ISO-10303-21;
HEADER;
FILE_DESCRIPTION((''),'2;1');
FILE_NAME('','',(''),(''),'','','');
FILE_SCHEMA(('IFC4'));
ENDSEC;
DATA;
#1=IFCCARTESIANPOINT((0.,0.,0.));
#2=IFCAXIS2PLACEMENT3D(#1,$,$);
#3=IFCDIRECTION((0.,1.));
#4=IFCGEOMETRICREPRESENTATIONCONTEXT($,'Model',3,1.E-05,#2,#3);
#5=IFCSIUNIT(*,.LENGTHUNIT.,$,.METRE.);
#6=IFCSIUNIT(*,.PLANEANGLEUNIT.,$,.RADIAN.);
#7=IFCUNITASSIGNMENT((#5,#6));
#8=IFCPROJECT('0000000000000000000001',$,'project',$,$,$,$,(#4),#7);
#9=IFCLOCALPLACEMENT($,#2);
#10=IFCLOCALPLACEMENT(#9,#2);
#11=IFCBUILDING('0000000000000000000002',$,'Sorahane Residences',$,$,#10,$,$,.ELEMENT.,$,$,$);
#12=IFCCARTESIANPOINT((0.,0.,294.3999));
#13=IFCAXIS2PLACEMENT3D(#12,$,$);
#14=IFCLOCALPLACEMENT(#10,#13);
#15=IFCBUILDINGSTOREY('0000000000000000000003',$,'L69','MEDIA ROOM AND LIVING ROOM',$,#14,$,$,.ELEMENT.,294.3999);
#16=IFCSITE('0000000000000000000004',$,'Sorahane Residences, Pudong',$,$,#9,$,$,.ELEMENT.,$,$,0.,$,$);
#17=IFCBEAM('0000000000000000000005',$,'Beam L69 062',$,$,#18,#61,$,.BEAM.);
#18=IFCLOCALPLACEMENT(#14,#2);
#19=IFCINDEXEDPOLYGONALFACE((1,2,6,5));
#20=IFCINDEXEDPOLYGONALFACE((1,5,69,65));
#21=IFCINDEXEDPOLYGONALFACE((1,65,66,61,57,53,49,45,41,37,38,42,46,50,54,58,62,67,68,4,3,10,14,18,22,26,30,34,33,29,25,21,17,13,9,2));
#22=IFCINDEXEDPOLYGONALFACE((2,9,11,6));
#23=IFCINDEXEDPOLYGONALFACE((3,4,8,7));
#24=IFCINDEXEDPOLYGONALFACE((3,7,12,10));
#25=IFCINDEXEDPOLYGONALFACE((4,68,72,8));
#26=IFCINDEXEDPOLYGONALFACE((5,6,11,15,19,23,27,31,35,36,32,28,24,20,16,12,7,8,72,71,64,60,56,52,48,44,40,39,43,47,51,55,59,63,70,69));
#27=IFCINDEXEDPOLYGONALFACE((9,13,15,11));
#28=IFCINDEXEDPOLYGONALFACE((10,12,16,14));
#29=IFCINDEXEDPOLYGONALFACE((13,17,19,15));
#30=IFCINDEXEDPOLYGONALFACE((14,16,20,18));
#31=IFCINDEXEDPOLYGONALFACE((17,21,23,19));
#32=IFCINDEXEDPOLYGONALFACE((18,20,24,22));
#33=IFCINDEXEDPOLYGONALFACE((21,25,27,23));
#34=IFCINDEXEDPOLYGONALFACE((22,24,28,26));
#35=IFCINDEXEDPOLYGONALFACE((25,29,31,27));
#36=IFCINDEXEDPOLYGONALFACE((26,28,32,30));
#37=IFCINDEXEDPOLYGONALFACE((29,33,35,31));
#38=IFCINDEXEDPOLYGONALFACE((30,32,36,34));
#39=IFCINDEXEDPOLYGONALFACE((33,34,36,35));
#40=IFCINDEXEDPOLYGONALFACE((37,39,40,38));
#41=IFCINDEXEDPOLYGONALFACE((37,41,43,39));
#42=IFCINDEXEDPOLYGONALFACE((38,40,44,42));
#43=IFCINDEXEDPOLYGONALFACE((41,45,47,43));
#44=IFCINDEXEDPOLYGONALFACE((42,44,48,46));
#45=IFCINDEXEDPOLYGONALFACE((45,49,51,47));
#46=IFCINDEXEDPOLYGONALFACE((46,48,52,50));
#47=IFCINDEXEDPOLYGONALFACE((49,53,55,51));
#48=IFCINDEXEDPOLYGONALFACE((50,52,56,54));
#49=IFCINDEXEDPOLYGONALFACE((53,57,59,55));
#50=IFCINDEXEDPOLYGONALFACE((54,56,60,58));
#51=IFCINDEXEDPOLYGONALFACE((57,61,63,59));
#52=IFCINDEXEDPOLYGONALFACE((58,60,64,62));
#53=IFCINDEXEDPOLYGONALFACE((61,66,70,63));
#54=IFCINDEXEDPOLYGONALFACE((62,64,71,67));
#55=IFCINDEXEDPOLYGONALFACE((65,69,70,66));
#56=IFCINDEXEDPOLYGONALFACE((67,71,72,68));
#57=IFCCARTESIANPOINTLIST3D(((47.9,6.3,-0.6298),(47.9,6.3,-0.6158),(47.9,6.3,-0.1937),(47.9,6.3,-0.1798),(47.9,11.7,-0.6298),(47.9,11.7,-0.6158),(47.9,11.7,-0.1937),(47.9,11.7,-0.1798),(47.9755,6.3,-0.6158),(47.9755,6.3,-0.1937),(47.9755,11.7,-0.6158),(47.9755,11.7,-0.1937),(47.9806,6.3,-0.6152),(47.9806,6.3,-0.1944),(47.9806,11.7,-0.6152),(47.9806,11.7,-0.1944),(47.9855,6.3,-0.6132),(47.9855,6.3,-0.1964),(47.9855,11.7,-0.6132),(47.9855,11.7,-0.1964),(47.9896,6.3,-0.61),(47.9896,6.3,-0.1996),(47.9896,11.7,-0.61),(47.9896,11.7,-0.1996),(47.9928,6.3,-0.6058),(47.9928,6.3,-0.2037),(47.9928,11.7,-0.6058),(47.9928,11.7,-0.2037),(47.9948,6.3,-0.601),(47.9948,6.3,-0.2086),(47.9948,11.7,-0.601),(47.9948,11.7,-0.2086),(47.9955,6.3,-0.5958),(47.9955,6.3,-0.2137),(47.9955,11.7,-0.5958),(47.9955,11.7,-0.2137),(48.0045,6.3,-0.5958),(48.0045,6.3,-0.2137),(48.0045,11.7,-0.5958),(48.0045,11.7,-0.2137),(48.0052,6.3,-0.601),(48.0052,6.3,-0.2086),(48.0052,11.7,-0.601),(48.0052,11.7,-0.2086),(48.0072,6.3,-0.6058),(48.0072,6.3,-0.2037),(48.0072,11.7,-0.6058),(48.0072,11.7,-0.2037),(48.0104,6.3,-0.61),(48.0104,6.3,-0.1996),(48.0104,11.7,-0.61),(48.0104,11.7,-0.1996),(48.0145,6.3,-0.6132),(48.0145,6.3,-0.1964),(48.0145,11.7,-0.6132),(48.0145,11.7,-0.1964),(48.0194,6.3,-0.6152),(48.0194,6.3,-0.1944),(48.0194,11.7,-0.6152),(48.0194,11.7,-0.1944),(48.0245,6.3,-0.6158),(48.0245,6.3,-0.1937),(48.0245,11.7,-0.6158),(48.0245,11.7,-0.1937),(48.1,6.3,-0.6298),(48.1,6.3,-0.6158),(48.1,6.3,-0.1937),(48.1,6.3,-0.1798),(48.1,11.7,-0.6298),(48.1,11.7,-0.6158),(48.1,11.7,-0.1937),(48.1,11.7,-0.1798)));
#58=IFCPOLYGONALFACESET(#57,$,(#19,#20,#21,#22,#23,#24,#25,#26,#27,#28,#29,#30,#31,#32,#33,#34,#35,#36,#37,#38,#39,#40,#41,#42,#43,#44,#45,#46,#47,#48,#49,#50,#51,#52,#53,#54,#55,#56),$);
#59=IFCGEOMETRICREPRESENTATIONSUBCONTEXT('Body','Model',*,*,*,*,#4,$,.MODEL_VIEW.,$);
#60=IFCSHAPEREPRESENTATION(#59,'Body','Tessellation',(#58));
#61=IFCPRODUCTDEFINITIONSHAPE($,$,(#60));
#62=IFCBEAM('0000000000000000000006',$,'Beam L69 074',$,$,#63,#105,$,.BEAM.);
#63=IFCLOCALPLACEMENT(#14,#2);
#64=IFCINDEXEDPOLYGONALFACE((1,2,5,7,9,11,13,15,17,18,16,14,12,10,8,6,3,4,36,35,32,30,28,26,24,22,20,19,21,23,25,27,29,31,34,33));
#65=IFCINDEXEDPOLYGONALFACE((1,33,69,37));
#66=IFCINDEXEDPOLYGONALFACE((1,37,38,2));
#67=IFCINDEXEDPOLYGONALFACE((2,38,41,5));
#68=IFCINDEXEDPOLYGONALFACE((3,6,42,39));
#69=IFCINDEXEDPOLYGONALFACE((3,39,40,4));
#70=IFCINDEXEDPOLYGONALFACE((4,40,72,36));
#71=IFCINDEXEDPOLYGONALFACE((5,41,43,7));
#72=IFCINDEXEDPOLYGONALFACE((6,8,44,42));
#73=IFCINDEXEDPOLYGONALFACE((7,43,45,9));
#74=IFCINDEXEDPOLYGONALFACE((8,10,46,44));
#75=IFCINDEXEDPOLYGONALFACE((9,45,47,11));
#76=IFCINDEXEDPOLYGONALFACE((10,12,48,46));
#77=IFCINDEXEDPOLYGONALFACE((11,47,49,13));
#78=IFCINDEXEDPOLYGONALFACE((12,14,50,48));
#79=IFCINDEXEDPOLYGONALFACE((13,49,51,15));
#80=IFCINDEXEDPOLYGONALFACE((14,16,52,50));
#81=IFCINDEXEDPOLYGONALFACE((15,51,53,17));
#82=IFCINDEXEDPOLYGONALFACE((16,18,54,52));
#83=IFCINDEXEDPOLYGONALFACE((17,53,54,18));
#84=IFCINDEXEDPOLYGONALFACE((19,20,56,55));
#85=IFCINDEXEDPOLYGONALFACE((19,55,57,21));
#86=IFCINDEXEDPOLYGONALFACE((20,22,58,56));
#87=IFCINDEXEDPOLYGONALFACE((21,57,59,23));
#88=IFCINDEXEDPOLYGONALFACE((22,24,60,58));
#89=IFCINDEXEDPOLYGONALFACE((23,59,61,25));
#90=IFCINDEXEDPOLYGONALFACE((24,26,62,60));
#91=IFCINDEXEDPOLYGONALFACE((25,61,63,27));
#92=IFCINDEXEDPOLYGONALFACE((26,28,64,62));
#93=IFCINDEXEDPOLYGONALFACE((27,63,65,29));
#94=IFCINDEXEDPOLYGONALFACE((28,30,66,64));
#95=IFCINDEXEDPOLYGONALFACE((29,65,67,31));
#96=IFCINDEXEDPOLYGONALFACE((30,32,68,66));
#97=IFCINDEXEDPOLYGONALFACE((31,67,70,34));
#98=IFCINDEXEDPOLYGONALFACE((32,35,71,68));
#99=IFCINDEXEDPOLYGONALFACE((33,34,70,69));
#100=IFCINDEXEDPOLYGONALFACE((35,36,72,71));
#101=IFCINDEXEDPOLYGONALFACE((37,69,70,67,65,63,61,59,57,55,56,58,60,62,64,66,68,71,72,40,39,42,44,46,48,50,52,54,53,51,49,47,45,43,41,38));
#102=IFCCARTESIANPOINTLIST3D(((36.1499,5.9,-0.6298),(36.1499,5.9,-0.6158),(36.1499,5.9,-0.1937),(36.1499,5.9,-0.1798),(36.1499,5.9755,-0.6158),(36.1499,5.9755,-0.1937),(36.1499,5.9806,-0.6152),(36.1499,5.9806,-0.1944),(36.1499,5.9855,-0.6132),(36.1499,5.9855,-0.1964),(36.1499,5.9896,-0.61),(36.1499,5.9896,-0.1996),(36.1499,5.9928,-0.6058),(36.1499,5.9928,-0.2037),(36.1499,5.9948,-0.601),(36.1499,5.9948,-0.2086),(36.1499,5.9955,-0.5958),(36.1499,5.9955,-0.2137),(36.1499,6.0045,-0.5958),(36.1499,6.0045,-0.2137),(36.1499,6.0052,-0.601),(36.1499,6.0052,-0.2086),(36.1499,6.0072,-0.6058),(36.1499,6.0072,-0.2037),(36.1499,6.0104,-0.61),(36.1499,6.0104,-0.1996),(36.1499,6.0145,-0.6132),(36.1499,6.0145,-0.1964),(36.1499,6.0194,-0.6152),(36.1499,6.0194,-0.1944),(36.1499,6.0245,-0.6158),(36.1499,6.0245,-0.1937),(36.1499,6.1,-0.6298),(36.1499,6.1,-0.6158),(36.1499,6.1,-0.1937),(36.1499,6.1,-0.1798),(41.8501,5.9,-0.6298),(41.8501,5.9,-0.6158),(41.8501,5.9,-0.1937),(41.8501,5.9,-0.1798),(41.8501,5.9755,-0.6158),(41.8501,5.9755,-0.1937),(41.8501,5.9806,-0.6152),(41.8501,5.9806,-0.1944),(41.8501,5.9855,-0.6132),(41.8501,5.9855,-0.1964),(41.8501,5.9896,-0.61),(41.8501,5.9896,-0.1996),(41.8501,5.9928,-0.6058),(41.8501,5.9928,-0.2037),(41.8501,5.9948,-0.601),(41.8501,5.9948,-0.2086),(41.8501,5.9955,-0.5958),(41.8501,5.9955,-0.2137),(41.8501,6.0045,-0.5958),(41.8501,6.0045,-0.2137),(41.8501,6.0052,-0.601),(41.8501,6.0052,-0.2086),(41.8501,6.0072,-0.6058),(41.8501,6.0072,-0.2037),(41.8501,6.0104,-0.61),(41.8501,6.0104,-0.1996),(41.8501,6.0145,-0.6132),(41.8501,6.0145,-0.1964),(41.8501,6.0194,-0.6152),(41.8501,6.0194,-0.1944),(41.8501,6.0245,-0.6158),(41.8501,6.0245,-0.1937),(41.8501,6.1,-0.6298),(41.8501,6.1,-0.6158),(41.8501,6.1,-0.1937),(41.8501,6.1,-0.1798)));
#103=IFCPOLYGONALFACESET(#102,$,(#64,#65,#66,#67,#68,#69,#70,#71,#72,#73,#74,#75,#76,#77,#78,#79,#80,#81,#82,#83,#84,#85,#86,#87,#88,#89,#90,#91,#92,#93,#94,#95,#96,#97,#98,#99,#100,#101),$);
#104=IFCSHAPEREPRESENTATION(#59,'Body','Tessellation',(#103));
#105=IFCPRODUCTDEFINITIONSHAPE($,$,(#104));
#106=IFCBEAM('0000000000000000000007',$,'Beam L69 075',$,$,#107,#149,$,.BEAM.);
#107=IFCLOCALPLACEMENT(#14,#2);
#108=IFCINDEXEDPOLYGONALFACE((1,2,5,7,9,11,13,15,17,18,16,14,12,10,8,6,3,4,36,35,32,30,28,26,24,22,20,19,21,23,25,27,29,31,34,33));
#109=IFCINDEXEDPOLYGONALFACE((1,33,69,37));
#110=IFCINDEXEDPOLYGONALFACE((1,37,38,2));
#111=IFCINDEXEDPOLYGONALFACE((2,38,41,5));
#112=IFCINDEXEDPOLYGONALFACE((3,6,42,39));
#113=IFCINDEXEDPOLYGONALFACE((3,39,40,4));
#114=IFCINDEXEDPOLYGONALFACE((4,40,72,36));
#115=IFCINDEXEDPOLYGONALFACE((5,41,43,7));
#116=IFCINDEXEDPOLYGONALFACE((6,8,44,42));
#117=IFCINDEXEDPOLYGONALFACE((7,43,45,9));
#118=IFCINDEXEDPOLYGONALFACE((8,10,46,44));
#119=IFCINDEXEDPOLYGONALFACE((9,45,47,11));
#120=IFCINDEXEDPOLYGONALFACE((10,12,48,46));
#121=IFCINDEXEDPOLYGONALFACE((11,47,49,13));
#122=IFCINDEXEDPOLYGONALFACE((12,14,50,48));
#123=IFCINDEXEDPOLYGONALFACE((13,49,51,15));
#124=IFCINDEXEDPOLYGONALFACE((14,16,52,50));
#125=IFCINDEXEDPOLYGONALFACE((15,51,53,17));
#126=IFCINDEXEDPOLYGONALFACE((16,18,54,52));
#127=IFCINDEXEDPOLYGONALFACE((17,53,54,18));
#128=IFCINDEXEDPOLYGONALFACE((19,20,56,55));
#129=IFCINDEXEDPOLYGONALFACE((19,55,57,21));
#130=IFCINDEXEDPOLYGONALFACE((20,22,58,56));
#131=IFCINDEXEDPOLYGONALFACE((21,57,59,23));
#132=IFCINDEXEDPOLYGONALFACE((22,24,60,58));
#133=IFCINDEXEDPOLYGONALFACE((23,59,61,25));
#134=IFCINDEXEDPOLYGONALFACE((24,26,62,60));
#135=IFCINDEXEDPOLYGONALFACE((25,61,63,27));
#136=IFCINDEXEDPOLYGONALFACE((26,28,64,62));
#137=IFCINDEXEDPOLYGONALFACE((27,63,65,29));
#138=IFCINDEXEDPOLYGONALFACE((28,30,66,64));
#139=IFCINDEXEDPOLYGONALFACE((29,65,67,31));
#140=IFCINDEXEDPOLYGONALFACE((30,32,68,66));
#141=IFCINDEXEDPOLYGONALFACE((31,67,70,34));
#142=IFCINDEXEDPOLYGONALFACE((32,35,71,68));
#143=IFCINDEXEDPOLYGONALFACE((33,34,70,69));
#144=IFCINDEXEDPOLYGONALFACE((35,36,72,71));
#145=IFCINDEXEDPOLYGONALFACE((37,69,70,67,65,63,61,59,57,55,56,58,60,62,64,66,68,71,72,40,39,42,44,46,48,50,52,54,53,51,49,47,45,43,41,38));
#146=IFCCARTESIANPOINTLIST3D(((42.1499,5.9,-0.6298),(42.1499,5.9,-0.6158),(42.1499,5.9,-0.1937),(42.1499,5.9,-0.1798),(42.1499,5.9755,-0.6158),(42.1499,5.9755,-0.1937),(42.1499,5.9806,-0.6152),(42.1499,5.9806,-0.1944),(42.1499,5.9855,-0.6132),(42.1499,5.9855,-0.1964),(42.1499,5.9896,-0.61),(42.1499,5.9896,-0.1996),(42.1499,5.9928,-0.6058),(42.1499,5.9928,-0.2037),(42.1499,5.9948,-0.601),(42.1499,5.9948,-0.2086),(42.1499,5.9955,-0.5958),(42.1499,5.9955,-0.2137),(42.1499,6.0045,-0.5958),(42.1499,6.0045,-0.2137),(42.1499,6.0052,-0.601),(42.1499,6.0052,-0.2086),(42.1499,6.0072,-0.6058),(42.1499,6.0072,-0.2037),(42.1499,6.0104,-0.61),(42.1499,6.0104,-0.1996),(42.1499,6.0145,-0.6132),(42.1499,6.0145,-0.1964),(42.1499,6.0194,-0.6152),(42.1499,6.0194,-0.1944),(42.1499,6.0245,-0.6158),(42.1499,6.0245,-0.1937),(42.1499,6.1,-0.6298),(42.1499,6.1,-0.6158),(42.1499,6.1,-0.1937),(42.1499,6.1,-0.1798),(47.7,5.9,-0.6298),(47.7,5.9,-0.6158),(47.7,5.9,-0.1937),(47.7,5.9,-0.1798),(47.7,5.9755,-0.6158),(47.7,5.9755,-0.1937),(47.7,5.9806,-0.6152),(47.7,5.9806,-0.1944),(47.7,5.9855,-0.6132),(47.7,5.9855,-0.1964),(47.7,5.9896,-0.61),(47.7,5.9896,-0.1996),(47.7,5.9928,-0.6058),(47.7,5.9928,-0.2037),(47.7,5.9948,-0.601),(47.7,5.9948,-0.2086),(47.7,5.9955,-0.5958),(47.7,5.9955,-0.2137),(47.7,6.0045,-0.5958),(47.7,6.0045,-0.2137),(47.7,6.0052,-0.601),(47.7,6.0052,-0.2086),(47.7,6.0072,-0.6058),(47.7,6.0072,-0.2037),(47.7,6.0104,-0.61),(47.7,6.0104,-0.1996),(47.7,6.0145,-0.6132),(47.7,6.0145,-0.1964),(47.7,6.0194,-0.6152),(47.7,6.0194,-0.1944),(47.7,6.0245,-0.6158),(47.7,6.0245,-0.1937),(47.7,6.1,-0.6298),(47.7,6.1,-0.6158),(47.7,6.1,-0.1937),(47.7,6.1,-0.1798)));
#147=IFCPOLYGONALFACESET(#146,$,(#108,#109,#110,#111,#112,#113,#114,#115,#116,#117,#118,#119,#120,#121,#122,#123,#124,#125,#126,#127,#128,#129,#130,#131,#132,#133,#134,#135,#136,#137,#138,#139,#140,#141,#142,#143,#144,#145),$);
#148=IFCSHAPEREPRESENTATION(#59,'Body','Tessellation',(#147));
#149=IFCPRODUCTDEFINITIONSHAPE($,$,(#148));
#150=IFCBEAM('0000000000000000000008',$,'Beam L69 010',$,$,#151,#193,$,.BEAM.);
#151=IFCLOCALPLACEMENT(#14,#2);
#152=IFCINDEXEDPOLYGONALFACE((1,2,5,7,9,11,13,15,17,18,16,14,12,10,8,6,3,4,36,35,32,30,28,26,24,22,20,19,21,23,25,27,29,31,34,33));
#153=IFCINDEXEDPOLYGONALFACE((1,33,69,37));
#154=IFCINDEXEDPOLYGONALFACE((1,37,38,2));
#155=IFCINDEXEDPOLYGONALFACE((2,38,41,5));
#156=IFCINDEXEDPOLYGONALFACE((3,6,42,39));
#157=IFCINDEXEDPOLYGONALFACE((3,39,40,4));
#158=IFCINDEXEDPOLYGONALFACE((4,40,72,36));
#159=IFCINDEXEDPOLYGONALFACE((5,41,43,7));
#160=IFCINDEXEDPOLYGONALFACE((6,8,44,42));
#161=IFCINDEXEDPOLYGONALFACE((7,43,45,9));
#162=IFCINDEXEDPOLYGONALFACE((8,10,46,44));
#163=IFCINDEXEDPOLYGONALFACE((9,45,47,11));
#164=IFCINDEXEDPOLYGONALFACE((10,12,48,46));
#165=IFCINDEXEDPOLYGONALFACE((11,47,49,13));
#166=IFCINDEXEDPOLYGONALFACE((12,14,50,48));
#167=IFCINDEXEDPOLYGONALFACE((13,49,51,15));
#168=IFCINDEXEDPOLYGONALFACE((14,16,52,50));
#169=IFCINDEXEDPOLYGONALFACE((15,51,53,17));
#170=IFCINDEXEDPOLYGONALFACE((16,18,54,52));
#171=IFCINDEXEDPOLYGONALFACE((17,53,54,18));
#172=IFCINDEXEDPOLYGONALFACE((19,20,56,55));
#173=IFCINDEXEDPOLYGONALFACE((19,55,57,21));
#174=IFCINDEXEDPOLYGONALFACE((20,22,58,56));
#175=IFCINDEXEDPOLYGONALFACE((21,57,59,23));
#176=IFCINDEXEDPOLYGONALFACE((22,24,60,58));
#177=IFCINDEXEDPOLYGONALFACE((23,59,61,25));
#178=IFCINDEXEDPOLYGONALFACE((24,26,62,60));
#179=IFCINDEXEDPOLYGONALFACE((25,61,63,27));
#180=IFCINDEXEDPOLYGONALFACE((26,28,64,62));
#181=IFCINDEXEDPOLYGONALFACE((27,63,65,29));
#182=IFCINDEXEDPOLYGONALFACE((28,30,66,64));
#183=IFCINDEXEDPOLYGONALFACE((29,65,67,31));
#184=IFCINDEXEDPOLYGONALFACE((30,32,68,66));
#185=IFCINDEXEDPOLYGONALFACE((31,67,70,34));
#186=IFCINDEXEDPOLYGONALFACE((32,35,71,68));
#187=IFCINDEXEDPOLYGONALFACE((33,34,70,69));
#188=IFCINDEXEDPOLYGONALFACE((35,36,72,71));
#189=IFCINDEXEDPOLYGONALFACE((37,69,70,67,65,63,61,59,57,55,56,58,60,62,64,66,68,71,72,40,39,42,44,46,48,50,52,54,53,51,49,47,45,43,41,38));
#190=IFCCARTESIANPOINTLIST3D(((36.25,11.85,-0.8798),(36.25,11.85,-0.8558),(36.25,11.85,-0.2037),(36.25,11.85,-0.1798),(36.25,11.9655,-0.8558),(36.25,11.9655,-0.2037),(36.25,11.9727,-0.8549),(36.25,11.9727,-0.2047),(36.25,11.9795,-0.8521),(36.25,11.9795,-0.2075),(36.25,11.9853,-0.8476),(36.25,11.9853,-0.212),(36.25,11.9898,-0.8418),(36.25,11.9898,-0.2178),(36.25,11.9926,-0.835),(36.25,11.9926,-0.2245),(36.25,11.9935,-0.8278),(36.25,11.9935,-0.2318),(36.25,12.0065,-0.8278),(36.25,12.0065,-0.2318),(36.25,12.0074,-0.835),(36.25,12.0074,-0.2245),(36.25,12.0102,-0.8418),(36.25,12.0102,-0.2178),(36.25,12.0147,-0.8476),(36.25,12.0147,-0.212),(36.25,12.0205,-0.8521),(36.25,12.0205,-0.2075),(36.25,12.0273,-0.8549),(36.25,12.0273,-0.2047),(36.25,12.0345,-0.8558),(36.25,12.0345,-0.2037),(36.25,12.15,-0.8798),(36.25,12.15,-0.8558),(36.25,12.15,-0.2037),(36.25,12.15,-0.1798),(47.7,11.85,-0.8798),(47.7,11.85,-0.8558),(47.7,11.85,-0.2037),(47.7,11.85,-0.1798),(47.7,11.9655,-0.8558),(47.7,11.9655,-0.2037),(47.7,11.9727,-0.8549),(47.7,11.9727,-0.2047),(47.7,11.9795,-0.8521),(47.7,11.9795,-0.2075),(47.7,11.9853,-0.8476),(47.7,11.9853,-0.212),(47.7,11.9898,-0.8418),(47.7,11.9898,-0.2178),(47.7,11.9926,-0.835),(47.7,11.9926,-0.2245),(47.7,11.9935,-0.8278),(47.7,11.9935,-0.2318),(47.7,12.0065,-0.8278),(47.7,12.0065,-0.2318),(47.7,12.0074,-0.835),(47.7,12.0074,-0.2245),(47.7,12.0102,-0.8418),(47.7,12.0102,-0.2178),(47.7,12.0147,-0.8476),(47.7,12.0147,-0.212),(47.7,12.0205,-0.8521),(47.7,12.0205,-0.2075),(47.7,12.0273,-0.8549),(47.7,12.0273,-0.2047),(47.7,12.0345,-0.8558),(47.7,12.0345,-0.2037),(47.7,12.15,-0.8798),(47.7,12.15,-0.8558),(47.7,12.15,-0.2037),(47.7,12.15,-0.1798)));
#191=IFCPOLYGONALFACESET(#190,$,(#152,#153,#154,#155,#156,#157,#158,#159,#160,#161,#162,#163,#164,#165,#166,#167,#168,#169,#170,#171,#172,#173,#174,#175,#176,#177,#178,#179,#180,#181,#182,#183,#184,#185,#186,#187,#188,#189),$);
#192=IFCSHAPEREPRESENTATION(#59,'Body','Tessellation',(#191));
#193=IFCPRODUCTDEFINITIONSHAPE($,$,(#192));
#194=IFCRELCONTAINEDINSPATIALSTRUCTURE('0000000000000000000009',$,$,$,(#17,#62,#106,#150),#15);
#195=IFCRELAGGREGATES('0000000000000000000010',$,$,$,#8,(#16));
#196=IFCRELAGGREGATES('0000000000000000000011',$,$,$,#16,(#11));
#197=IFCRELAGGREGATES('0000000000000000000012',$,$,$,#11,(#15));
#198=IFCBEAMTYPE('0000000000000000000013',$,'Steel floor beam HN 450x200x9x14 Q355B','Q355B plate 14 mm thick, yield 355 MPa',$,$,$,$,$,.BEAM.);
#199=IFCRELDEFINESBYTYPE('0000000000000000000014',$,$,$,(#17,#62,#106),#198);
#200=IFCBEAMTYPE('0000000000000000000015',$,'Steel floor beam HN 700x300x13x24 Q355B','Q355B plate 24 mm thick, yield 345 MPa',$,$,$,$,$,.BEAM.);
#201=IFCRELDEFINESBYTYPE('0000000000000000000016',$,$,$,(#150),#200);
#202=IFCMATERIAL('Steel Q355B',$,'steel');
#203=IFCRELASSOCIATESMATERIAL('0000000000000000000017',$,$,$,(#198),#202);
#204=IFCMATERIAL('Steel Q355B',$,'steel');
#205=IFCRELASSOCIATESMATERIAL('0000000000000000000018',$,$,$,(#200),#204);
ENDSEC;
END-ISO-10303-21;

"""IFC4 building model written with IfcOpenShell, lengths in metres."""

from ifc_helpers import new_model, si_unit, direction, frame, origin, origin_2d, place, context, subcontext, project, spatial, i_section, extrude, material, material_profile, profile_set, type_object, element, save


model = new_model("IFC4")

# Units and contexts
model_context = context("Model", 3, precision=1e-05, world=origin(), true_north=direction((0.0, 1.0)))
body_context = subcontext(model_context, "Body", "Model", "MODEL_VIEW")
ifc_project = project(units=[si_unit("LENGTHUNIT", "METRE"), si_unit("PLANEANGLEUNIT", "RADIAN")], contexts=[model_context])

# Site, building, storey
site_placement = place(None, origin())
site = spatial("IfcSite", under=ifc_project, at=site_placement, Name="Sorahane Residences, Pudong", CompositionType="ELEMENT", RefElevation=0.0)
building_placement = place(site_placement, origin())
building = spatial("IfcBuilding", under=site, at=building_placement, Name="Sorahane Residences", CompositionType="ELEMENT")
storey_placement = place(building_placement, frame((0.0, 0.0, 294.3999)))
storey = spatial("IfcBuildingStorey", under=building, at=storey_placement, Name="L69", Description="MEDIA ROOM AND LIVING ROOM", CompositionType="ELEMENT", Elevation=294.3999)

# Beams
ifc_material_1 = material(Name="Steel Q355B", Category="steel")
ifc_material_profile_1 = material_profile(ifc_material_1, i_section(OverallWidth=0.2, OverallDepth=0.45, WebThickness=0.009, FlangeThickness=0.0139, FilletRadius=0.02, at=origin_2d()), Name="HN 450x200x9x14")
ifc_profile_set_1 = profile_set([ifc_material_profile_1], Name="Steel Q355B")
beam_type_1 = type_object("IfcBeamType", Name="Steel floor beam HN 450x200x9x14 Q355B", Description="Q355B plate 14 mm thick, yield 355 MPa", PredefinedType="BEAM", material=ifc_profile_set_1)
for number, where, z_axis, x_axis, name in (
    (1, (48.0, 6.3, -0.4048), (0.0, 1.0, 0.0), (-1.0, 0.0, 0.0), "Beam L69 062"),
):
    element("IfcBeam", number, at=place(storey_placement, frame(where, z_axis=z_axis, x_axis=x_axis)), inside=storey, type_object=beam_type_1, Name=name, PredefinedType="BEAM", context=body_context, shape_type="SweptSolid", body=[
        extrude(i_section(OverallWidth=0.2, OverallDepth=0.45, WebThickness=0.009, FlangeThickness=0.0139, FilletRadius=0.02, at=origin_2d()), origin(), (0.0, 0.0, 1.0), 5.3999),
    ])
beam_1_placement = place(storey_placement, frame((36.1499, 6.0, -0.4048), z_axis=(1.0, 0.0, 0.0), x_axis=(0.0, 1.0, 0.0)))
element("IfcBeam", 2, at=beam_1_placement, inside=storey, type_object=beam_type_1, Name="Beam L69 074", PredefinedType="BEAM", context=body_context, shape_type="SweptSolid", body=[
    extrude(i_section(OverallWidth=0.2, OverallDepth=0.45, WebThickness=0.009, FlangeThickness=0.0139, FilletRadius=0.02, at=origin_2d()), origin(), (0.0, 0.0, 1.0), 5.7002),
])
beam_2_placement = place(storey_placement, frame((42.1499, 6.0, -0.4048), z_axis=(1.0, 0.0, 0.0), x_axis=(0.0, 1.0, 0.0)))
element("IfcBeam", 3, at=beam_2_placement, inside=storey, type_object=beam_type_1, Name="Beam L69 075", PredefinedType="BEAM", context=body_context, shape_type="SweptSolid", body=[
    extrude(i_section(OverallWidth=0.2, OverallDepth=0.45, WebThickness=0.009, FlangeThickness=0.0139, FilletRadius=0.02, at=origin_2d()), origin(), (0.0, 0.0, 1.0), 5.55),
])
ifc_material_2 = material(Name="Steel Q355B", Category="steel")
ifc_material_profile_2 = material_profile(ifc_material_2, i_section(OverallWidth=0.3, OverallDepth=0.7, WebThickness=0.0129, FlangeThickness=0.0239, FilletRadius=0.0281, at=origin_2d()), Name="HN 700x300x13x24")
ifc_profile_set_2 = profile_set([ifc_material_profile_2], Name="Steel Q355B")
beam_type_2 = type_object("IfcBeamType", Name="Steel floor beam HN 700x300x13x24 Q355B", Description="Q355B plate 24 mm thick, yield 345 MPa", PredefinedType="BEAM", material=ifc_profile_set_2)
beam_3_placement = place(storey_placement, frame((36.25, 12.0, -0.5298), z_axis=(1.0, 0.0, 0.0), x_axis=(0.0, 1.0, 0.0)))
element("IfcBeam", 4, at=beam_3_placement, inside=storey, type_object=beam_type_2, Name="Beam L69 010", PredefinedType="BEAM", context=body_context, shape_type="SweptSolid", body=[
    extrude(i_section(OverallWidth=0.3, OverallDepth=0.7, WebThickness=0.0129, FlangeThickness=0.0239, FilletRadius=0.0281, at=origin_2d()), origin(), (0.0, 0.0, 1.0), 11.45),
])

save(model, "model.ifc")
